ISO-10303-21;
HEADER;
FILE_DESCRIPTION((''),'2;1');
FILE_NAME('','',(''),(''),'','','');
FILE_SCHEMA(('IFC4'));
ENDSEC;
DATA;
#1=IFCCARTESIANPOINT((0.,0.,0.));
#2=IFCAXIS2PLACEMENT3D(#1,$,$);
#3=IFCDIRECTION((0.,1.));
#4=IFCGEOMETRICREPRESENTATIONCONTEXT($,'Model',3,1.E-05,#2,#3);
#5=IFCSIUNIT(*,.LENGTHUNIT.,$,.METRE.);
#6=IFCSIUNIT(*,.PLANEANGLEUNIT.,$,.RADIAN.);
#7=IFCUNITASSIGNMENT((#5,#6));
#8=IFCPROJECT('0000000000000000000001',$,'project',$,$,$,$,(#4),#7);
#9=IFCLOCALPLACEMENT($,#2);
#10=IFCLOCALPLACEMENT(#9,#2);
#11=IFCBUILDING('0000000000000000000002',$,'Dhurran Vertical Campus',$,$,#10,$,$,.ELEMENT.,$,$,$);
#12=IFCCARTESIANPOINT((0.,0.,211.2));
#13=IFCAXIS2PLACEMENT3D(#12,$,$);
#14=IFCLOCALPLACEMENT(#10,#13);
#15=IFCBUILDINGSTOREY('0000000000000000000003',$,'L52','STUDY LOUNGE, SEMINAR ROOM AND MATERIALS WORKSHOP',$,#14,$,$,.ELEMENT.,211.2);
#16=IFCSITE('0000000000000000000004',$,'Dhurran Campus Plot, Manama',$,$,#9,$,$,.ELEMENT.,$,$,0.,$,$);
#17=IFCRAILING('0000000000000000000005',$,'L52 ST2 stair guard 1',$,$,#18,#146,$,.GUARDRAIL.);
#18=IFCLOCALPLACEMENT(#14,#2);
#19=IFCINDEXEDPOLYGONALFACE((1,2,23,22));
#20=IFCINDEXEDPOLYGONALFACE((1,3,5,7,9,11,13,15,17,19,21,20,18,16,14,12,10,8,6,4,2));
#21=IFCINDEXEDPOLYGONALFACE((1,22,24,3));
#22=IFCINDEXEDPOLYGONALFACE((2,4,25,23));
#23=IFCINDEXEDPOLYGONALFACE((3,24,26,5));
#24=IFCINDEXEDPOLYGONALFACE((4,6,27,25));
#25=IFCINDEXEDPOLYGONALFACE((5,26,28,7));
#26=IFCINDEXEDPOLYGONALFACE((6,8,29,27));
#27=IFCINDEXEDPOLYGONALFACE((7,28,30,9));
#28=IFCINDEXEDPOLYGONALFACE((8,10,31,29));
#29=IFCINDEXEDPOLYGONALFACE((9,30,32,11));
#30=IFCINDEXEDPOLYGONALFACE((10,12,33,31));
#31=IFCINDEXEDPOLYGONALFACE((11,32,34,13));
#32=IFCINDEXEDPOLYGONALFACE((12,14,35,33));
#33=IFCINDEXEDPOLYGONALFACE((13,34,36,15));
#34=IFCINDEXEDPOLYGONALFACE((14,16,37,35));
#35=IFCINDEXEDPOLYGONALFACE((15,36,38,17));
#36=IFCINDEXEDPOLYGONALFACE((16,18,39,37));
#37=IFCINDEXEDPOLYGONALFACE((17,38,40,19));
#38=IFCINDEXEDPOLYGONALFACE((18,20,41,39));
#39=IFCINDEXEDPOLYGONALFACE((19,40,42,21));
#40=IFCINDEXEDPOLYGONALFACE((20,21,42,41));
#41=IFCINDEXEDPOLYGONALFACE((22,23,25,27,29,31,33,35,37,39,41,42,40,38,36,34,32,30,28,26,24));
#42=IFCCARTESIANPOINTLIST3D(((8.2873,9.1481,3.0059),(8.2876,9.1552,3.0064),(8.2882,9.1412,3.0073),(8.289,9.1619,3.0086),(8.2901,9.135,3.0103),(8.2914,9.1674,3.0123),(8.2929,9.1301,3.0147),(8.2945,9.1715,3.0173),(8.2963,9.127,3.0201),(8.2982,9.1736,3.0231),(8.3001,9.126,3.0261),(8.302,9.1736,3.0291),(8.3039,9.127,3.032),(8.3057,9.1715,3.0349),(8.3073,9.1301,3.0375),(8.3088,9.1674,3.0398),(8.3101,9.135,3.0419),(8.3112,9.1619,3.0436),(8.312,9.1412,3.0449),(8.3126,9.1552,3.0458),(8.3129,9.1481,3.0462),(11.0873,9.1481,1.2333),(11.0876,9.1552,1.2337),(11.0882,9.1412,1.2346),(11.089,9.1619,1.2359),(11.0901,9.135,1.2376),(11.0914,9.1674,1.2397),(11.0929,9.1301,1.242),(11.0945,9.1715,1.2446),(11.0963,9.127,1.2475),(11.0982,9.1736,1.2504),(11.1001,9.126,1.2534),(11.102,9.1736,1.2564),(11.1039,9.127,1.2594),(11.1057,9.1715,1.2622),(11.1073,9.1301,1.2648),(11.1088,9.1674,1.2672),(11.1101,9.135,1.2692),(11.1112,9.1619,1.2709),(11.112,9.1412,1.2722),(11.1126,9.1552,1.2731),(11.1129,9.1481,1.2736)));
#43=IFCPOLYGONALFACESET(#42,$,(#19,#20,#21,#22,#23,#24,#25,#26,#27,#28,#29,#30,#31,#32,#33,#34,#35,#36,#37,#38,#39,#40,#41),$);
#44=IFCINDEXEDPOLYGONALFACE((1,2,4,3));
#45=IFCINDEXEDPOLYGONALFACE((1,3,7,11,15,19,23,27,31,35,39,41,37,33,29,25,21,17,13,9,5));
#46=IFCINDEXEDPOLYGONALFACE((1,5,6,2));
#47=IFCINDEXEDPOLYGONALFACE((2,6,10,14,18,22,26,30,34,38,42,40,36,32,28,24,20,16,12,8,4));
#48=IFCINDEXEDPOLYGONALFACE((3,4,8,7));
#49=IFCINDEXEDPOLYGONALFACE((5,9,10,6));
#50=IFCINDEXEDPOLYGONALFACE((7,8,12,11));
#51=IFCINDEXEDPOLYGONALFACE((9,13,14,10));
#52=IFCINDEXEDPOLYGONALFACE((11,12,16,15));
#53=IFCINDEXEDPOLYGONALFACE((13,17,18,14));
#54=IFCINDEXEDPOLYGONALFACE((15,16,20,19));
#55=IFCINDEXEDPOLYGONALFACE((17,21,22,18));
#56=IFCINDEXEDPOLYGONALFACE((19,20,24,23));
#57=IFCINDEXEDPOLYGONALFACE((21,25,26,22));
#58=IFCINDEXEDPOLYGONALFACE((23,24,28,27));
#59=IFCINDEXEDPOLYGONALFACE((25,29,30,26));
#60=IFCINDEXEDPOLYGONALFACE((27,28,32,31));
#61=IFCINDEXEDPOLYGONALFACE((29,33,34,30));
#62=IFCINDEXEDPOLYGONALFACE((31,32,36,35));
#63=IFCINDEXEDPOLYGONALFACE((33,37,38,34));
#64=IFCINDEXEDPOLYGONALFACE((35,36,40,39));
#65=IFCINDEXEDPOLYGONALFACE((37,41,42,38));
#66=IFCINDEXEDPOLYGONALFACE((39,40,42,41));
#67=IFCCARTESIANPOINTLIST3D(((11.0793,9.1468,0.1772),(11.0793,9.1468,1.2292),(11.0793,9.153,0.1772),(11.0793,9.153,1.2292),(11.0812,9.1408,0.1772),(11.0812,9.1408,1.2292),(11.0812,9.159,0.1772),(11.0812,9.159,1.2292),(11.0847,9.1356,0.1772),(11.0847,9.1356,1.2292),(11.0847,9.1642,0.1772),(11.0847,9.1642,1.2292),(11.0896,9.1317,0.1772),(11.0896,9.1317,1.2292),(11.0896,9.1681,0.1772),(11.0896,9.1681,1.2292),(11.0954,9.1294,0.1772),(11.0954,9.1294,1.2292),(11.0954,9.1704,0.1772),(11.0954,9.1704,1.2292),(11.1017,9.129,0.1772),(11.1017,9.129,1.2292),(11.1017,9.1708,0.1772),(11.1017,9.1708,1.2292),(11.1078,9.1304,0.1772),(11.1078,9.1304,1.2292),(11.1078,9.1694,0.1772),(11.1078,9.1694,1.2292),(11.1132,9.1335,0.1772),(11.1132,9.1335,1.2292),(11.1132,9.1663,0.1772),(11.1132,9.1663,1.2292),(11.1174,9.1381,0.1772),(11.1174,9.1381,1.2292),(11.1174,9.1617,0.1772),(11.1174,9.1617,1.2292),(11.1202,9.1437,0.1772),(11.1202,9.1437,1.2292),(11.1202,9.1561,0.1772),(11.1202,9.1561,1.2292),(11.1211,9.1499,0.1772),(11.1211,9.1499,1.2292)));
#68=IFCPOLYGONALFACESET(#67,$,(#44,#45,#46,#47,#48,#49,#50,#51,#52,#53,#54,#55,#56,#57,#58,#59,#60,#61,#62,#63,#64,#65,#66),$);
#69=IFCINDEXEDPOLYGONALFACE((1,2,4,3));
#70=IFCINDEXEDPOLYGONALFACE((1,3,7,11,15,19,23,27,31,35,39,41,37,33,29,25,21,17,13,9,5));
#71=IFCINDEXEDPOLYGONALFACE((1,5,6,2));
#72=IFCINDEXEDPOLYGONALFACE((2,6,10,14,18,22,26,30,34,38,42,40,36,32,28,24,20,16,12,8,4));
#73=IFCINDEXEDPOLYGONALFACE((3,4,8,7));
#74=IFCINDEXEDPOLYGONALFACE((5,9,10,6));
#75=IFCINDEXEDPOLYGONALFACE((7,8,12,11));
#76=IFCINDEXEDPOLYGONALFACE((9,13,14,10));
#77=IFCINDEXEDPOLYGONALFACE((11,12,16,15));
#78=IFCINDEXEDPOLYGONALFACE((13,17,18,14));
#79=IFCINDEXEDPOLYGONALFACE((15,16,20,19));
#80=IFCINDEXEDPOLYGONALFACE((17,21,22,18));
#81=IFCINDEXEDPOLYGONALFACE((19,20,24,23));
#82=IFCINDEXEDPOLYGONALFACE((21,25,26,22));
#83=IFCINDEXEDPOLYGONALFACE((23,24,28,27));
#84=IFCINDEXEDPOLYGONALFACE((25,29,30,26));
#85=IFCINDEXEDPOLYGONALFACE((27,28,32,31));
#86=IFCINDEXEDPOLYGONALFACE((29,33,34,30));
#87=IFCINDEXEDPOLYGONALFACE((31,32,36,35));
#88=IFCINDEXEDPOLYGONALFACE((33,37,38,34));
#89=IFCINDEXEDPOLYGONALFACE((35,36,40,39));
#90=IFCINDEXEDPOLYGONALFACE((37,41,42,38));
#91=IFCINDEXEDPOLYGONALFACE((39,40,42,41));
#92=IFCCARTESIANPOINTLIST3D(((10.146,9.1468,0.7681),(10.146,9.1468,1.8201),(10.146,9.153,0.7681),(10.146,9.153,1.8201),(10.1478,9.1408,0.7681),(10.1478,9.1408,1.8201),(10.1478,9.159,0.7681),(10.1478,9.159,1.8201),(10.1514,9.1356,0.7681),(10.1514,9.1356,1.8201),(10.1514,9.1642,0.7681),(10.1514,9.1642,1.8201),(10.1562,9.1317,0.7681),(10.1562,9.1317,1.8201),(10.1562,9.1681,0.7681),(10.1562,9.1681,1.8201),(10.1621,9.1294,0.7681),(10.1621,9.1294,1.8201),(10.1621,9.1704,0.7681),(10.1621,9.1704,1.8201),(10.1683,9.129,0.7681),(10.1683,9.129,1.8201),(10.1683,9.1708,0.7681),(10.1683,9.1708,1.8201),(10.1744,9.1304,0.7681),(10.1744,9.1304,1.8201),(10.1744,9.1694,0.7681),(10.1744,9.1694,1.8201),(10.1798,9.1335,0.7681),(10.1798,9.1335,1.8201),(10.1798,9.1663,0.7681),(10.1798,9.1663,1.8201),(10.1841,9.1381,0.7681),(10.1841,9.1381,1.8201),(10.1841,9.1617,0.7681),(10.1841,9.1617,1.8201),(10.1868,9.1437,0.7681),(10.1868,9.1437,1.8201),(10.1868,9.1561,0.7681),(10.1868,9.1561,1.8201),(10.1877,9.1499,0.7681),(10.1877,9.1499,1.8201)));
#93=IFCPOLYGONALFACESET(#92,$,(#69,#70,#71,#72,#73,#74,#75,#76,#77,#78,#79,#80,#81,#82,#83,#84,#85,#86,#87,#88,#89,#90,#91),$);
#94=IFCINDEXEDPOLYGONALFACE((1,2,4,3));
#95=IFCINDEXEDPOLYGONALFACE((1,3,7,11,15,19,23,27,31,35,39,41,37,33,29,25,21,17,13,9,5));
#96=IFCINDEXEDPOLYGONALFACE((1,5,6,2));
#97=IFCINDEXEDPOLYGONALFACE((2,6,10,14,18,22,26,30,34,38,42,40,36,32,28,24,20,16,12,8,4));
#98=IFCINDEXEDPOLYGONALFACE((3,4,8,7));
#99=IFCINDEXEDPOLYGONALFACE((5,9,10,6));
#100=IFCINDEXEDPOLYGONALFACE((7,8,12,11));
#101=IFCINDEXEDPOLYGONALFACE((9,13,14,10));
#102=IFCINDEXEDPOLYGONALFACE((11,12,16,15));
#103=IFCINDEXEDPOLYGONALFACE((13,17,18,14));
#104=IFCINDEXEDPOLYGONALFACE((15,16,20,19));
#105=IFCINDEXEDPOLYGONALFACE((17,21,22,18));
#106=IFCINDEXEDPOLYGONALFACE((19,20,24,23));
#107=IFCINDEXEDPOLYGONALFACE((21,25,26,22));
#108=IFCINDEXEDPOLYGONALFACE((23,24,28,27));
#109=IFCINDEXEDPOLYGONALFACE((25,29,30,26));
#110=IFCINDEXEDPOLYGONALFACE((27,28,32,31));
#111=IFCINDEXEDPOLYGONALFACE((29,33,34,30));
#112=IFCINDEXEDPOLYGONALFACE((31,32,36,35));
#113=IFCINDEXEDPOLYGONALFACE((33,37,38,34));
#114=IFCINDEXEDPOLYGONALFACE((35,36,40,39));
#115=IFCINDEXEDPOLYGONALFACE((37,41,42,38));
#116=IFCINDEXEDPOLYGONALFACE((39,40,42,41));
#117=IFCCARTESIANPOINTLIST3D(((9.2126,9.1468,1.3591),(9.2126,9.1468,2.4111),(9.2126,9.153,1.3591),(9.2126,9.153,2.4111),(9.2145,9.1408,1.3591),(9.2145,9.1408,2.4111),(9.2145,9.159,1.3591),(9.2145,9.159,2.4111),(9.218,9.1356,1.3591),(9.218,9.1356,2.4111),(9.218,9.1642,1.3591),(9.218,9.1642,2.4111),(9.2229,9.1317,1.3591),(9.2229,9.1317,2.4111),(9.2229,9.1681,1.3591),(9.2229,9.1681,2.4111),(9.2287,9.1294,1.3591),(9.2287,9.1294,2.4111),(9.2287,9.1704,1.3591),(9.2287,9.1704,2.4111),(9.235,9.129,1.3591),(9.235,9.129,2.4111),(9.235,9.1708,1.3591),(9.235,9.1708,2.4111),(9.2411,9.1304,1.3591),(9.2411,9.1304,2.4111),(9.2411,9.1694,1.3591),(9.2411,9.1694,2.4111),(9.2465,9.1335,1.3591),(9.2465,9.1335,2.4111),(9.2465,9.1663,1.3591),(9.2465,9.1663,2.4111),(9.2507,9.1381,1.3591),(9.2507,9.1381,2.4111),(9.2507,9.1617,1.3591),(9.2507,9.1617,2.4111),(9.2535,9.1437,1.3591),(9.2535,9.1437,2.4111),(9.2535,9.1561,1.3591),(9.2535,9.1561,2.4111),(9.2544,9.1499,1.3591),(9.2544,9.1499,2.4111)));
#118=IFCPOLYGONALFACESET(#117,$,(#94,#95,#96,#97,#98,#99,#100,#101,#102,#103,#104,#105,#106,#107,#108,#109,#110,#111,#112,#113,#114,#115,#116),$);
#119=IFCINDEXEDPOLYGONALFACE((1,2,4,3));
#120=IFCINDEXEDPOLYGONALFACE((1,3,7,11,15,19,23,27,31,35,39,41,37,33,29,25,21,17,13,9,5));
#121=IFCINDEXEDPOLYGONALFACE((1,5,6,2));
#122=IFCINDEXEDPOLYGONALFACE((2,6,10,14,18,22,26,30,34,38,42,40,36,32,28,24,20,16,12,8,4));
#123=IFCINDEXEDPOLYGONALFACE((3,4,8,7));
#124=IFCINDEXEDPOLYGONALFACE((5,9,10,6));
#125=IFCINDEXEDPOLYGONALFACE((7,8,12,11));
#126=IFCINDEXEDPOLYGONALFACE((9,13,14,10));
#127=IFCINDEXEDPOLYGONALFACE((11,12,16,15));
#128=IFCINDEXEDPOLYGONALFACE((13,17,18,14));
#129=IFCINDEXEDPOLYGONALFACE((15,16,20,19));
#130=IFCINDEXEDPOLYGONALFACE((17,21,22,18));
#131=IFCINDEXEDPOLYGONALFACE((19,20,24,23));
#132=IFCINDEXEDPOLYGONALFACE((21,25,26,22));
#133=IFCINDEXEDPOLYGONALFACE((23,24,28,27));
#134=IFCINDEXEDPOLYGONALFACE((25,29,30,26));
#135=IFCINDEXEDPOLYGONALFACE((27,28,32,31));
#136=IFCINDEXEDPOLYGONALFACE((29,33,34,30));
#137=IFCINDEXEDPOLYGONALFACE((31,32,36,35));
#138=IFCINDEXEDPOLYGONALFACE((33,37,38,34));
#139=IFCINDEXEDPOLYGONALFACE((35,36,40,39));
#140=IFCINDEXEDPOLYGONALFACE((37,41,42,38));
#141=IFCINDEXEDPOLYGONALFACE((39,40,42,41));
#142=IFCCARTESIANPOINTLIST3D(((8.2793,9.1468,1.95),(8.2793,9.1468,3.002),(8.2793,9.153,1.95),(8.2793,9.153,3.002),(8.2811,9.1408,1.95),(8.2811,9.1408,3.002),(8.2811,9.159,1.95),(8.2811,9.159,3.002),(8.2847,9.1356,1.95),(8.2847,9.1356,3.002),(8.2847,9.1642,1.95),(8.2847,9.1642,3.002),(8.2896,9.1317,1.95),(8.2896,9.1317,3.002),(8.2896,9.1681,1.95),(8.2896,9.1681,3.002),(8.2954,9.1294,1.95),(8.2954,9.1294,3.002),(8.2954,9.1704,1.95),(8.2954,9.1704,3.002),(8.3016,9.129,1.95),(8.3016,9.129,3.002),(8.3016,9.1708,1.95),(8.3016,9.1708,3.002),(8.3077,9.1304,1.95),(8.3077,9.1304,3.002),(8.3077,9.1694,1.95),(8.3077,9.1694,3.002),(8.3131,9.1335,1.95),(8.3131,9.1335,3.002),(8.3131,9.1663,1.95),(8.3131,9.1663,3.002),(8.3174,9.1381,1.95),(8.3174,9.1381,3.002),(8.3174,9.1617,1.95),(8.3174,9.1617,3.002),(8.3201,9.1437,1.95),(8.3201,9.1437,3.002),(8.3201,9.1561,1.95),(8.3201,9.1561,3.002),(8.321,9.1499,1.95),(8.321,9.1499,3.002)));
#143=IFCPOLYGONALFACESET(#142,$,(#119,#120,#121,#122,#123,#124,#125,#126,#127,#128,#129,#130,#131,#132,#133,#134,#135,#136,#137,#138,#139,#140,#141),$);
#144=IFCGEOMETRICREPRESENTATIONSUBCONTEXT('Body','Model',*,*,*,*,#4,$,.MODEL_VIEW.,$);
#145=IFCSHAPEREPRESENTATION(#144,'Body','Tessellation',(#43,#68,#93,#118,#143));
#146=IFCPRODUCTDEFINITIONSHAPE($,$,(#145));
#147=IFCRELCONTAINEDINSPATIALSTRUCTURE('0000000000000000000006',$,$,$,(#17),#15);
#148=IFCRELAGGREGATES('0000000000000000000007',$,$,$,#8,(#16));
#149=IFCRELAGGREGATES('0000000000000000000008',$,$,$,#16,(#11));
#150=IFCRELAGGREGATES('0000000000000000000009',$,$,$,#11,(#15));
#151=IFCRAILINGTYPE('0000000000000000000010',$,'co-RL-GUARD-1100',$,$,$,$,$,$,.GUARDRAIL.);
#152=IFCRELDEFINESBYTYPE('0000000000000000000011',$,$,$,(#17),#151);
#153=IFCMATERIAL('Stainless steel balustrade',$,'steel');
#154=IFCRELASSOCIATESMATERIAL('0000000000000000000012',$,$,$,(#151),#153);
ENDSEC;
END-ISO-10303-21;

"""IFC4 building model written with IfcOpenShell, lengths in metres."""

from ifc_helpers import new_model, si_unit, direction, frame, origin, origin_2d, place, context, subcontext, project, spatial, circle, extrude, material, type_object, element, save


model = new_model("IFC4")

# Units and contexts
model_context = context("Model", 3, precision=1e-05, world=origin(), true_north=direction((0.0, 1.0)))
body_context = subcontext(model_context, "Body", "Model", "MODEL_VIEW")
ifc_project = project(units=[si_unit("LENGTHUNIT", "METRE"), si_unit("PLANEANGLEUNIT", "RADIAN")], contexts=[model_context])

# Site, building, storey
site_placement = place(None, origin())
site = spatial("IfcSite", under=ifc_project, at=site_placement, Name="Dhurran Campus Plot, Manama", CompositionType="ELEMENT", RefElevation=0.0)
building_placement = place(site_placement, origin())
building = spatial("IfcBuilding", under=site, at=building_placement, Name="Dhurran Vertical Campus", CompositionType="ELEMENT")
storey_placement = place(building_placement, frame((0.0, 0.0, 211.2)))
storey = spatial("IfcBuildingStorey", under=building, at=storey_placement, Name="L52", Description="STUDY LOUNGE, SEMINAR ROOM AND MATERIALS WORKSHOP", CompositionType="ELEMENT", Elevation=211.2)

# Railing
ifc_material_1 = material(Name="Stainless steel balustrade", Category="steel")
railing_type_1 = type_object("IfcRailingType", Name="co-RL-GUARD-1100", PredefinedType="GUARDRAIL", material=ifc_material_1)
railing_1_placement = place(storey_placement, frame((11.1001, 9.1499, 0.1772)))
element("IfcRailing", 1, at=railing_1_placement, inside=storey, type_object=railing_type_1, Name="L52 ST2 stair guard 1", PredefinedType="GUARDRAIL", context=body_context, shape_type="SweptSolid", body=[
    extrude(circle(Radius=0.0239, at=origin_2d()), frame((0.0, 0.0, 1.0762), z_axis=(-0.844909, 0.0, 0.53491), x_axis=(0.0, -1.0, 0.0)), (0.0, 0.0, 1.0), 3.314),
    extrude(circle(Radius=0.021, at=origin_2d()), origin(), (0.0, 0.0, 1.0), 1.052),
    extrude(circle(Radius=0.021, at=origin_2d()), frame((-0.9333, 0.0, 0.5908)), (0.0, 0.0, 1.0), 1.052),
    extrude(circle(Radius=0.021, at=origin_2d()), frame((-1.8667, 0.0, 1.1819)), (0.0, 0.0, 1.0), 1.052),
    extrude(circle(Radius=0.021, at=origin_2d()), frame((-2.8, 0.0, 1.7727)), (0.0, 0.0, 1.0), 1.052),
])

save(model, "model.ifc")
